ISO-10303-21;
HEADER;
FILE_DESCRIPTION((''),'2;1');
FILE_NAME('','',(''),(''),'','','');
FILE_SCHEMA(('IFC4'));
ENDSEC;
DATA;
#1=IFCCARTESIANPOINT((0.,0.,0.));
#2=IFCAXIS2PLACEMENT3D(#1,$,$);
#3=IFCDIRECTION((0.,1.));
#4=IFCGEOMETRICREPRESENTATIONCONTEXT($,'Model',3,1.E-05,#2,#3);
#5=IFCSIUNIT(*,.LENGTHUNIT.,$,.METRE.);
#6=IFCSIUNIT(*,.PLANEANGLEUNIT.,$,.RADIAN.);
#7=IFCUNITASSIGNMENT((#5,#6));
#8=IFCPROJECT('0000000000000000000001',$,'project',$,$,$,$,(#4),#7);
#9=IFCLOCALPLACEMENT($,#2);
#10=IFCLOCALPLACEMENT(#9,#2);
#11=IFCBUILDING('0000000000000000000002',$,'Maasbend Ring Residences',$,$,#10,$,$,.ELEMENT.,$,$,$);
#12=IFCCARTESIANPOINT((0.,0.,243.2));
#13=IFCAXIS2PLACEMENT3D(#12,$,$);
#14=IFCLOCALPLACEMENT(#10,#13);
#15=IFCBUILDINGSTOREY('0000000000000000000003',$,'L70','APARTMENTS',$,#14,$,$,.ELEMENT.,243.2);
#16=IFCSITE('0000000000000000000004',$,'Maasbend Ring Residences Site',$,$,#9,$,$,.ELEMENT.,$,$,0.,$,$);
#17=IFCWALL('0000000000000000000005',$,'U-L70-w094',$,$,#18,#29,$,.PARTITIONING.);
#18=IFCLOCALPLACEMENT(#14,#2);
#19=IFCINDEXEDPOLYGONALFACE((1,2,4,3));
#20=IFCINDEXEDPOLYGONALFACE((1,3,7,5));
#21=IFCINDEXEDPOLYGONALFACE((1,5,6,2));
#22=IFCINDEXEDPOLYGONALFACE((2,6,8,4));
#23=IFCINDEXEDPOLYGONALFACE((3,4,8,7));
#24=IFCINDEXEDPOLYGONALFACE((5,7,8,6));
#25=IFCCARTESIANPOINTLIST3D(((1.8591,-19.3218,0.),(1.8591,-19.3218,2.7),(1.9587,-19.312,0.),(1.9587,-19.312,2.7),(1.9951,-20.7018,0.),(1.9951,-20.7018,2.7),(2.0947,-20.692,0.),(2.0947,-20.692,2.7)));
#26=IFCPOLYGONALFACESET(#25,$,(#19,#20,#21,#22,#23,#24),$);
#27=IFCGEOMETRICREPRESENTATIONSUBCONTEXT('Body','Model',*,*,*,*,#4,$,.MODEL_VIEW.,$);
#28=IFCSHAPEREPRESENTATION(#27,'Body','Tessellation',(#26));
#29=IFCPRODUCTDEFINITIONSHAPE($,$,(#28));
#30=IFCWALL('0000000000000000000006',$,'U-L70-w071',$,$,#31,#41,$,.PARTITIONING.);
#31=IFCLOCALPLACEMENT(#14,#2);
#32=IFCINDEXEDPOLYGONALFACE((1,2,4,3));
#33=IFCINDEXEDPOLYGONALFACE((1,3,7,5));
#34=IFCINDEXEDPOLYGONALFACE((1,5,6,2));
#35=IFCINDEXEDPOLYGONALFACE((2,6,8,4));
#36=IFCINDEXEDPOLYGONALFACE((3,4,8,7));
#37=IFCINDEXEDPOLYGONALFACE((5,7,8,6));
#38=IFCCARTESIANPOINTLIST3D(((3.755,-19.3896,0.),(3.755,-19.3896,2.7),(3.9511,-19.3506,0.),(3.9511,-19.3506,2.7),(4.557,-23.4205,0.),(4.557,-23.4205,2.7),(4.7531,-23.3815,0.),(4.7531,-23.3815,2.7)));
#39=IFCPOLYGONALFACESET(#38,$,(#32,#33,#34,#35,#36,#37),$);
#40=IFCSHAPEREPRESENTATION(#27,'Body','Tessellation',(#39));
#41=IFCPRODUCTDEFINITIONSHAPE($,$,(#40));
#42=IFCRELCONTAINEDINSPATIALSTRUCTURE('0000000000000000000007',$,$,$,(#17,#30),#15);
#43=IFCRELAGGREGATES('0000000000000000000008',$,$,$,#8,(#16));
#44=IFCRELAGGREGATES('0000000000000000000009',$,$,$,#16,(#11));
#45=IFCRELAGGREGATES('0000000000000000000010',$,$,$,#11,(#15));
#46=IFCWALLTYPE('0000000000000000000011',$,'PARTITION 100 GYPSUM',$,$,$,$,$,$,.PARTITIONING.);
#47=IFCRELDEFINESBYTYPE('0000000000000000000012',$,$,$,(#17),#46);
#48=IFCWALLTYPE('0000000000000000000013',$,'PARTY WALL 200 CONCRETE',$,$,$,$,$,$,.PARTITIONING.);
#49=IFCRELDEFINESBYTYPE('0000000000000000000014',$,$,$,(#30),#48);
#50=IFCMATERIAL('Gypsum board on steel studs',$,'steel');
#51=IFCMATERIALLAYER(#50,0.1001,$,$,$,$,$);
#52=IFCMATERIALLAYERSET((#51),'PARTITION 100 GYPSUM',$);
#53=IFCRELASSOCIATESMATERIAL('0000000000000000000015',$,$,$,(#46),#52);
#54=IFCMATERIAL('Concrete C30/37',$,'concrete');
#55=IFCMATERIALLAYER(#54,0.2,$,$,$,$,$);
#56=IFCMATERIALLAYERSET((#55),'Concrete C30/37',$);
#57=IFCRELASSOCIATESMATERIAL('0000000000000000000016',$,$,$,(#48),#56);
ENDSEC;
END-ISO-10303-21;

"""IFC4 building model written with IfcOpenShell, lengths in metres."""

from ifc_helpers import new_model, si_unit, direction, frame, frame_2d, origin, place, context, subcontext, project, spatial, rectangle, extrude, material, layer, layer_set, type_object, element, save


model = new_model("IFC4")

# Units and contexts
model_context = context("Model", 3, precision=1e-05, world=origin(), true_north=direction((0.0, 1.0)))
body_context = subcontext(model_context, "Body", "Model", "MODEL_VIEW")
ifc_project = project(units=[si_unit("LENGTHUNIT", "METRE"), si_unit("PLANEANGLEUNIT", "RADIAN")], contexts=[model_context])

# Site, building, storey
site_placement = place(None, origin())
site = spatial("IfcSite", under=ifc_project, at=site_placement, Name="Maasbend Ring Residences Site", CompositionType="ELEMENT", RefElevation=0.0)
building_placement = place(site_placement, origin())
building = spatial("IfcBuilding", under=site, at=building_placement, Name="Maasbend Ring Residences", CompositionType="ELEMENT")
storey_placement = place(building_placement, frame((0.0, 0.0, 243.2)))
storey = spatial("IfcBuildingStorey", under=building, at=storey_placement, Name="L70", Description="APARTMENTS", CompositionType="ELEMENT", Elevation=243.2)

# Shared definitions
ifc_material_1 = material(Name="Gypsum board on steel studs", Category="steel")
ifc_layer_1 = layer(ifc_material_1, 0.1001)
ifc_layer_set_1 = layer_set([ifc_layer_1], Name="PARTITION 100 GYPSUM")
wall_type_1 = type_object("IfcWallType", Name="PARTITION 100 GYPSUM", PredefinedType="PARTITIONING", material=ifc_layer_set_1)

# Walls
wall_1_placement = place(storey_placement, frame((1.9089, -19.3169, 0.0), z_axis=(0.0, 0.0, 1.0), x_axis=(0.098057, -0.995181, 0.0)))
element("IfcWall", 1, at=wall_1_placement, inside=storey, type_object=wall_type_1, Name="U-L70-w094", PredefinedType="PARTITIONING", context=body_context, shape_type="SweptSolid", body=[
    extrude(rectangle(XDim=1.3867, YDim=0.1001, at=frame_2d((0.6934, 0.0))), origin(), (0.0, 0.0, 1.0), 2.7),
])
ifc_material_2 = material(Name="Concrete C30/37", Category="concrete")
ifc_layer_2 = layer(ifc_material_2, 0.2)
ifc_layer_set_2 = layer_set([ifc_layer_2], Name="Concrete C30/37")
wall_type_2 = type_object("IfcWallType", Name="PARTY WALL 200 CONCRETE", PredefinedType="PARTITIONING", material=ifc_layer_set_2)
wall_2_placement = place(storey_placement, frame((3.853, -19.3701, 0.0), z_axis=(0.0, 0.0, 1.0), x_axis=(0.195145, -0.980774, 0.0)))
element("IfcWall", 2, at=wall_2_placement, inside=storey, type_object=wall_type_2, Name="U-L70-w071", PredefinedType="PARTITIONING", context=body_context, shape_type="SweptSolid", body=[
    extrude(rectangle(XDim=4.1099, YDim=0.2, at=frame_2d((2.0549, 0.0))), origin(), (0.0, 0.0, 1.0), 2.7),
])

save(model, "model.ifc")
